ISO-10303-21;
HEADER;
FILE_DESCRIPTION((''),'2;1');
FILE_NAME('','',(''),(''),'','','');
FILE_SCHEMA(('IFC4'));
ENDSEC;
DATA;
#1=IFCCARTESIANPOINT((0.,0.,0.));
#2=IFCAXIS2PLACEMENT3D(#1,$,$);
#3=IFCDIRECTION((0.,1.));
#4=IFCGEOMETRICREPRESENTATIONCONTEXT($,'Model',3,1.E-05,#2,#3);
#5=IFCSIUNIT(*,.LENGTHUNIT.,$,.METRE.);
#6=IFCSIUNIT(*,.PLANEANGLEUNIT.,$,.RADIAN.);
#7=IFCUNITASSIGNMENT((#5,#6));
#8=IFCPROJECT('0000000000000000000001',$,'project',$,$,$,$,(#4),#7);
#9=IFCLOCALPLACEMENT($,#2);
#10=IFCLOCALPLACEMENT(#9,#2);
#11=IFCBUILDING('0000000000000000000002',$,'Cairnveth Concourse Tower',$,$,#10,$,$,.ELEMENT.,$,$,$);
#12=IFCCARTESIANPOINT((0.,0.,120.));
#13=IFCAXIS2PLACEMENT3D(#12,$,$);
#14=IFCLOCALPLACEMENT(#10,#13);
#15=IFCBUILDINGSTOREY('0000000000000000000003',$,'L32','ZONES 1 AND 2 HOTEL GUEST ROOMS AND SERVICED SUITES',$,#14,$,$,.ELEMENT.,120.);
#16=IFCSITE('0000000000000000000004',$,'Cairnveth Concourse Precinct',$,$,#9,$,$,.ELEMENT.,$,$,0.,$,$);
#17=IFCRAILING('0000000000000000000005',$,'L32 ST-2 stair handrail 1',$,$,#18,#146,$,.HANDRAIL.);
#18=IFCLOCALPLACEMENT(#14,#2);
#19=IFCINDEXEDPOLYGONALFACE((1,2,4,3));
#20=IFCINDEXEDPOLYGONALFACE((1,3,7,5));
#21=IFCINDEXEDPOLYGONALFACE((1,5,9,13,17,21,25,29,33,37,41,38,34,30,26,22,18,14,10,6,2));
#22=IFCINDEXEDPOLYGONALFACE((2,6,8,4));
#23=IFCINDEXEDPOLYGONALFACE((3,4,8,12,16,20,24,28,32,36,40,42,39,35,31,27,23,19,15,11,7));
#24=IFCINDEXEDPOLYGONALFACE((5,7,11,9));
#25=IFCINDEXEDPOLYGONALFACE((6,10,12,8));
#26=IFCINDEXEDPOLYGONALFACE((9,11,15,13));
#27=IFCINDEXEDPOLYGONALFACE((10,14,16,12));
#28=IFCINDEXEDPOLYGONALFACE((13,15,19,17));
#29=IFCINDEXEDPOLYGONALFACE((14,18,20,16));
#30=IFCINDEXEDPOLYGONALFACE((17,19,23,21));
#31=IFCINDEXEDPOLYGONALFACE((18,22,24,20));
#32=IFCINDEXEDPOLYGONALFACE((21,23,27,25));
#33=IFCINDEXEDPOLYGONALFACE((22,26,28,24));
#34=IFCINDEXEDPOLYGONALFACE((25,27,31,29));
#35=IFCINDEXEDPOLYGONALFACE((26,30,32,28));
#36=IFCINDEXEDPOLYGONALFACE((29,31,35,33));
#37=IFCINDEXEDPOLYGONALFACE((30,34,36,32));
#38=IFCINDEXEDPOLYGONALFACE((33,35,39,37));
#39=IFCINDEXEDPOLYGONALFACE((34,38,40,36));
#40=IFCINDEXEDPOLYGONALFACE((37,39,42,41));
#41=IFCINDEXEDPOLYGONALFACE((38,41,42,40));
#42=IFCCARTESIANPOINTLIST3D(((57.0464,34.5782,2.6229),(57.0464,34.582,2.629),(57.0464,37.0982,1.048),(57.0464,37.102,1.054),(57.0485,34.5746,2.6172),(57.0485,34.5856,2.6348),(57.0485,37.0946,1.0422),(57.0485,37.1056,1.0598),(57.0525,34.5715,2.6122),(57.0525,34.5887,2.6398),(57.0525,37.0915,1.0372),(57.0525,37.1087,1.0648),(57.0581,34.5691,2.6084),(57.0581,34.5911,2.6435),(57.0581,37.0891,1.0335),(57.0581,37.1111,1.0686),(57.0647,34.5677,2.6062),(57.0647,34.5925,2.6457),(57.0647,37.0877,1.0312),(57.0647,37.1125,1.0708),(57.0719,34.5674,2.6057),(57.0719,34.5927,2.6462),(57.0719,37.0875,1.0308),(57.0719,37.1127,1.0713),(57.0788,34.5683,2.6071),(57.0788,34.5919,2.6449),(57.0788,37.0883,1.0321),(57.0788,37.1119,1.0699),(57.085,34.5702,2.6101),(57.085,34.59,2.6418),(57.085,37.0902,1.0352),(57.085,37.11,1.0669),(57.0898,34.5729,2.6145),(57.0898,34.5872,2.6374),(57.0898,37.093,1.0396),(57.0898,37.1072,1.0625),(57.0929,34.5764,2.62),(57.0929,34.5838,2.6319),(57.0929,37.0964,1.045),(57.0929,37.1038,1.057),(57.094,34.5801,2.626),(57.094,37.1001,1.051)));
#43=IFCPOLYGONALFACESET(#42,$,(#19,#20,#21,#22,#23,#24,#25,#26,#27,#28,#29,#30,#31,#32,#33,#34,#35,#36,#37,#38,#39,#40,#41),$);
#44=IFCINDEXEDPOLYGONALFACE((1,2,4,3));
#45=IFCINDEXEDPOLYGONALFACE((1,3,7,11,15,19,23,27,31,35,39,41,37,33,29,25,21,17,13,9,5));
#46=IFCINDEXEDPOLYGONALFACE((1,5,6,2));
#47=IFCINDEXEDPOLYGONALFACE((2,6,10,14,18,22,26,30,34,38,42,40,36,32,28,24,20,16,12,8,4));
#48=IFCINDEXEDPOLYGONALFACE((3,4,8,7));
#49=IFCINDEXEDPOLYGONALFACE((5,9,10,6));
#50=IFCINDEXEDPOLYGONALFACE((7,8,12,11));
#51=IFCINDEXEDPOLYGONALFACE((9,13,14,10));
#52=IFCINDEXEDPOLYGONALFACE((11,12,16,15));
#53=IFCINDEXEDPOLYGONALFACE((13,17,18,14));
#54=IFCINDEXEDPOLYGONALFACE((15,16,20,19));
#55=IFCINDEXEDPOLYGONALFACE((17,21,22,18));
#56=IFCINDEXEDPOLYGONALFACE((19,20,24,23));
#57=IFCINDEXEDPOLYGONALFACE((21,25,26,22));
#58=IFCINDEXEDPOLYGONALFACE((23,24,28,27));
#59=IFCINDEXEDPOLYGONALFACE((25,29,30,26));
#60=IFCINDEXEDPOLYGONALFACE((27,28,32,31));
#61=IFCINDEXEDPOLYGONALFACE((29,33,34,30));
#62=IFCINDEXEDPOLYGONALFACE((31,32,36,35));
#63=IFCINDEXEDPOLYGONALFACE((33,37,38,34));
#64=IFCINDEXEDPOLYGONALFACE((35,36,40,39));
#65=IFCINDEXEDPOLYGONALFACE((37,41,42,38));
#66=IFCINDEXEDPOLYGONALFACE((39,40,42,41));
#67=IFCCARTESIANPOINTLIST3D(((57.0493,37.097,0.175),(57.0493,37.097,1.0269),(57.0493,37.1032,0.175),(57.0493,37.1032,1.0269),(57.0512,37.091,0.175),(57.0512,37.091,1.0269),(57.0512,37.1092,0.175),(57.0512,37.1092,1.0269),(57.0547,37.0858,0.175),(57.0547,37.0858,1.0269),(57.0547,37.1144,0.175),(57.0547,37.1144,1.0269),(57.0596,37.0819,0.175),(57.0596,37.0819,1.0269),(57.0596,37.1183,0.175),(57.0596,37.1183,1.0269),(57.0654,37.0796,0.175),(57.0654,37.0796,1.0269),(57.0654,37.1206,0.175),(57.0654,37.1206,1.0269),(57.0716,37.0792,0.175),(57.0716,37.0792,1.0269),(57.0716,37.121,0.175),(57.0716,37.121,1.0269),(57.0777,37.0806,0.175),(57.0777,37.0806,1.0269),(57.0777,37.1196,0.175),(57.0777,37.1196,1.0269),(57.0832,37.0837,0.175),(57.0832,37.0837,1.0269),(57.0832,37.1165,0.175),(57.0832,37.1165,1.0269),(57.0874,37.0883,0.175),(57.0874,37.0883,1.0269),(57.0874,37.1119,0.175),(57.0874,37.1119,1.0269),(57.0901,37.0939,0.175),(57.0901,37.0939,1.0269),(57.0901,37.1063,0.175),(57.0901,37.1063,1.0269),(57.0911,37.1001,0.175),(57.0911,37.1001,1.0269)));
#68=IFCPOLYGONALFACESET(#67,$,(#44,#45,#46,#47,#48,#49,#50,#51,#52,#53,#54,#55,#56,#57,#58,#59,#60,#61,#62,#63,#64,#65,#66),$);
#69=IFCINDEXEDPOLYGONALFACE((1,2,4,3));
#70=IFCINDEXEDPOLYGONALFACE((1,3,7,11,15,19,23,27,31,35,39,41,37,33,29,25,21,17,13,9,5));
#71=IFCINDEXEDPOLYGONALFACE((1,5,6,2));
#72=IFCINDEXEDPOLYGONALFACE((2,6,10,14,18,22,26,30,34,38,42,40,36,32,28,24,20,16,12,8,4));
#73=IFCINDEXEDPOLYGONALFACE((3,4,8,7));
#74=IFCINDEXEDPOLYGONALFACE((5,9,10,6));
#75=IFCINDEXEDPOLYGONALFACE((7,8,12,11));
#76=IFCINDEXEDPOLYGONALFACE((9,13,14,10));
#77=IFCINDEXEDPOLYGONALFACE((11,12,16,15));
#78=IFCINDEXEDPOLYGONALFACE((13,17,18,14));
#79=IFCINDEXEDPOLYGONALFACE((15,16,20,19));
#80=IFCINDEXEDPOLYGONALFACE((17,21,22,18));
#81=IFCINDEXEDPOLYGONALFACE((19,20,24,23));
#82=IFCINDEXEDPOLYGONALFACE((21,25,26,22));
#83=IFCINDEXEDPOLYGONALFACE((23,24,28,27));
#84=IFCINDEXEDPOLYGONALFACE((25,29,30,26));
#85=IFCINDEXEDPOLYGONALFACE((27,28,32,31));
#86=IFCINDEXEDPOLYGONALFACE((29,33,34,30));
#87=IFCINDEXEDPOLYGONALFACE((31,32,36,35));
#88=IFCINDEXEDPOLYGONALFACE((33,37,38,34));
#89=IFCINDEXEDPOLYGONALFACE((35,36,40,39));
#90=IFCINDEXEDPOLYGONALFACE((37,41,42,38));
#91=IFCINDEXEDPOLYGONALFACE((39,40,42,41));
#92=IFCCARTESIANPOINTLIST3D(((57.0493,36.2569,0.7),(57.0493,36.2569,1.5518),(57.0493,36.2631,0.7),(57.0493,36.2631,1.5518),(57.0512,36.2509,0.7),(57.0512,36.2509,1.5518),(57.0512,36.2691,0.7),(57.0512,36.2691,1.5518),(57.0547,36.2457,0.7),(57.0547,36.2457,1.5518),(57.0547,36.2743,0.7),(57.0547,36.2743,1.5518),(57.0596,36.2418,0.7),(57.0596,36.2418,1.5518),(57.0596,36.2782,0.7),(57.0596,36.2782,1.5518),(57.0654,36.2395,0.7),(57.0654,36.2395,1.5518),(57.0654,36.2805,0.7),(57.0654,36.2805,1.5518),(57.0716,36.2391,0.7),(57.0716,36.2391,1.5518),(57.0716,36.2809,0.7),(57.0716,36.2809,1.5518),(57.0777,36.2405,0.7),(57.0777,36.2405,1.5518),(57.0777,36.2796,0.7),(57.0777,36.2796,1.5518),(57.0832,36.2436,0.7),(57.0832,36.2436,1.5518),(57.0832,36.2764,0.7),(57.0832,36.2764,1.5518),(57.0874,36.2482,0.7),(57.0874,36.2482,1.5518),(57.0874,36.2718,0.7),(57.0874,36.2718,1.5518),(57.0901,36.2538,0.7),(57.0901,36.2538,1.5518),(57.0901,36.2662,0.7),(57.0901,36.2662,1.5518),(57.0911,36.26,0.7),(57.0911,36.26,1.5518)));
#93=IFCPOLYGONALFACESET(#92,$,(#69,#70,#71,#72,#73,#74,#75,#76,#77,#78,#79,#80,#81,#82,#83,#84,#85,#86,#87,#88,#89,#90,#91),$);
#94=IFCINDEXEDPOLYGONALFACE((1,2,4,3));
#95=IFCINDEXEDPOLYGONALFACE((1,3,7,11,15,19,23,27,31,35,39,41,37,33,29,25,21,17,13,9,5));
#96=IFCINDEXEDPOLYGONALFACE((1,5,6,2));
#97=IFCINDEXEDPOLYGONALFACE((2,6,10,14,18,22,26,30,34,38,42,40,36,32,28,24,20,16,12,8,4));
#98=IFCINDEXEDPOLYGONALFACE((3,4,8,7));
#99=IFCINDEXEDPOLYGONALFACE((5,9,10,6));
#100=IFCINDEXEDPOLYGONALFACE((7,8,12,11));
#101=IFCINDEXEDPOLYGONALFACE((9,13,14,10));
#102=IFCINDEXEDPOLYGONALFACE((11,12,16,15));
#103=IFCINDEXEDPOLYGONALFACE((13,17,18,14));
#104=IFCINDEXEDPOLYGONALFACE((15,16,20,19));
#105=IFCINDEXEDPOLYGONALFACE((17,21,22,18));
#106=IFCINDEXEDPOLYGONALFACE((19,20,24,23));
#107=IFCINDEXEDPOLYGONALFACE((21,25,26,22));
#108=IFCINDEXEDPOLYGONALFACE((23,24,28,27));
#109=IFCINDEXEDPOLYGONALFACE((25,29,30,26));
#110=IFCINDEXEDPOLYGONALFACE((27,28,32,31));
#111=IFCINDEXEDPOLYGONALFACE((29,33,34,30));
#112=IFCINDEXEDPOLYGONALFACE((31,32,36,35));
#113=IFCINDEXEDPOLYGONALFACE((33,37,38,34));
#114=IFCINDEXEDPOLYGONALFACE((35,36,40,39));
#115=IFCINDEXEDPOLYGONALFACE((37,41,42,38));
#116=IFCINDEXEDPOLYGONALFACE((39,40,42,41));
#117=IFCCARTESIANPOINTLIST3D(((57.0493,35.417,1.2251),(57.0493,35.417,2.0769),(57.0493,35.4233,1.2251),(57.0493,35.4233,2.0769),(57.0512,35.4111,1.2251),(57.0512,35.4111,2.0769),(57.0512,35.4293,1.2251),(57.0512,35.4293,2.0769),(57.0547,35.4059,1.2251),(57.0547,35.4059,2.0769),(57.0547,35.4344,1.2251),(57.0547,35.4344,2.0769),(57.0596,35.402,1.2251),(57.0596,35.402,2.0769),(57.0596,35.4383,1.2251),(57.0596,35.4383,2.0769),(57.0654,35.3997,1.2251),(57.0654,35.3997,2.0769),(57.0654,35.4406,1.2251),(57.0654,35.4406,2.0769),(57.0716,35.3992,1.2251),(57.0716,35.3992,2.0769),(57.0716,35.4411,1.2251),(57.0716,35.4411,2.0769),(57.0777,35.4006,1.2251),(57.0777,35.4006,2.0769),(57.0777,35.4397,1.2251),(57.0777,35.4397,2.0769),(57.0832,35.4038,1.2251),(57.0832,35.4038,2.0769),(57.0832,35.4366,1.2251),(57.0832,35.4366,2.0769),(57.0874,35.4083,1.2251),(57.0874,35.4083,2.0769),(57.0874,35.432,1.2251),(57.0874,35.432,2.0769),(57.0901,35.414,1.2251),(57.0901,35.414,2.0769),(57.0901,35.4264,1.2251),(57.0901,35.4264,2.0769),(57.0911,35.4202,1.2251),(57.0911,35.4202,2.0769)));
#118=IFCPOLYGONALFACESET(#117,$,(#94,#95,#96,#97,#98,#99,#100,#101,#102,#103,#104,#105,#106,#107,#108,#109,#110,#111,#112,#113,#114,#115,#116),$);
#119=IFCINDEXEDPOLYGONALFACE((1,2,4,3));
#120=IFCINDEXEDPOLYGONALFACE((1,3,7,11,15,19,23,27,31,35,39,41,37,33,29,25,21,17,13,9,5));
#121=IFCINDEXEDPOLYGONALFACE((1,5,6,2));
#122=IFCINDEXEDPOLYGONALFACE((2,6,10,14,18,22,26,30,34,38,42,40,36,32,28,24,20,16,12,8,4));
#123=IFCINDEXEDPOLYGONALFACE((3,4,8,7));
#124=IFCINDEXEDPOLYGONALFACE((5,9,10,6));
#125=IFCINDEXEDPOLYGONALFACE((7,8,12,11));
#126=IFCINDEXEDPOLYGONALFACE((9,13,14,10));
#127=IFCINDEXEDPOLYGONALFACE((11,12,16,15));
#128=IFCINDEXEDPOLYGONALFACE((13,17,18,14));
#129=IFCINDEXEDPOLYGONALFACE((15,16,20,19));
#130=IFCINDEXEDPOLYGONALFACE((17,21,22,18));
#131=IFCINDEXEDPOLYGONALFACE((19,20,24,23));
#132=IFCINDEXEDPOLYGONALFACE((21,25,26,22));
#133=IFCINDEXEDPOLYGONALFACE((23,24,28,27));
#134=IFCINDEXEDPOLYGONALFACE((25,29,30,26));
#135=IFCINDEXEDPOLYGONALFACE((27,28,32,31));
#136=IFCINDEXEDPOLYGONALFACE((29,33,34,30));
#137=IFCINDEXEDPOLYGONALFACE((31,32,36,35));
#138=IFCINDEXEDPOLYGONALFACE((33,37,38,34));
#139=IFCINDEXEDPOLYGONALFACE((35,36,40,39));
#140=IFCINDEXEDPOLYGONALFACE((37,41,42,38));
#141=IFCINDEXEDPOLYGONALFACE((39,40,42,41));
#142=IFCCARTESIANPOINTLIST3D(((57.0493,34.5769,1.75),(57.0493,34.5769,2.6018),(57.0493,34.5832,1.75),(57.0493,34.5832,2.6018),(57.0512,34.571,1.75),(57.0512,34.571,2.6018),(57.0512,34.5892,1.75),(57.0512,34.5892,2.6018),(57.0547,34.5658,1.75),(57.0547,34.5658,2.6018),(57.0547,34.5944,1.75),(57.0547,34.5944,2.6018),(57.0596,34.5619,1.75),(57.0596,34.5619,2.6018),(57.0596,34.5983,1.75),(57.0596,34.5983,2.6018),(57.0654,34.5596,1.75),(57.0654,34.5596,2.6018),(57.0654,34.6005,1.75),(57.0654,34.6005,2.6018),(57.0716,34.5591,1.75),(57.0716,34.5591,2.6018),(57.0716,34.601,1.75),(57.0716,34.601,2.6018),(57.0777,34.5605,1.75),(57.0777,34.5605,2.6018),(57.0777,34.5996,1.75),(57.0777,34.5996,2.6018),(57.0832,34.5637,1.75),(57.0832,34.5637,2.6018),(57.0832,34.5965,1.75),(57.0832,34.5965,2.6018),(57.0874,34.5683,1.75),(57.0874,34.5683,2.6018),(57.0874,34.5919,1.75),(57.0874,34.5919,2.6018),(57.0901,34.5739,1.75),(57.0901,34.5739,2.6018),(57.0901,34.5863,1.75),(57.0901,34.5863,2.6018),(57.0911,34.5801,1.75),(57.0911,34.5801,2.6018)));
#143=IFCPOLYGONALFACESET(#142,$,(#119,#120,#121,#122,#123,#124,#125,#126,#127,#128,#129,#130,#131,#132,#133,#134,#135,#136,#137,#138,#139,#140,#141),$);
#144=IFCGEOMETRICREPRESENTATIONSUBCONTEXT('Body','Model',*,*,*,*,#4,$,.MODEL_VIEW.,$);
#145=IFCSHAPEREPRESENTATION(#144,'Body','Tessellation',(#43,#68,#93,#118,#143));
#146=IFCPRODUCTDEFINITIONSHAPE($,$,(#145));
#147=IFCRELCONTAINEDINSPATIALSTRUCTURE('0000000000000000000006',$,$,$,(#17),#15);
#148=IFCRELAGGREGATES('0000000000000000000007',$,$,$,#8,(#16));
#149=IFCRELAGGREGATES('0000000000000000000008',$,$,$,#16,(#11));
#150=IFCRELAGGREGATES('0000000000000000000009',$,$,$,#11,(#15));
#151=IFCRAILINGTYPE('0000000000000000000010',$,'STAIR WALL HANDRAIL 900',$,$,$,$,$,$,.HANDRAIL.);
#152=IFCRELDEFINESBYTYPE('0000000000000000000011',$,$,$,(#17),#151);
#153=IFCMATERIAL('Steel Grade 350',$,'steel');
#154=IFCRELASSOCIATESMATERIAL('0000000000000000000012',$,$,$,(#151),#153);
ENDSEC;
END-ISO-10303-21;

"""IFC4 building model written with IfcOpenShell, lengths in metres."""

from ifc_helpers import new_model, si_unit, direction, frame, origin, origin_2d, place, context, subcontext, project, spatial, circle, extrude, material, type_object, element, save


model = new_model("IFC4")

# Units and contexts
model_context = context("Model", 3, precision=1e-05, world=origin(), true_north=direction((0.0, 1.0)))
body_context = subcontext(model_context, "Body", "Model", "MODEL_VIEW")
ifc_project = project(units=[si_unit("LENGTHUNIT", "METRE"), si_unit("PLANEANGLEUNIT", "RADIAN")], contexts=[model_context])

# Site, building, storey
site_placement = place(None, origin())
site = spatial("IfcSite", under=ifc_project, at=site_placement, Name="Cairnveth Concourse Precinct", CompositionType="ELEMENT", RefElevation=0.0)
building_placement = place(site_placement, origin())
building = spatial("IfcBuilding", under=site, at=building_placement, Name="Cairnveth Concourse Tower", CompositionType="ELEMENT")
storey_placement = place(building_placement, frame((0.0, 0.0, 120.0)))
storey = spatial("IfcBuildingStorey", under=building, at=storey_placement, Name="L32", Description="ZONES 1 AND 2 HOTEL GUEST ROOMS AND SERVICED SUITES", CompositionType="ELEMENT", Elevation=120.0)

# Shared definitions
ifc_material_1 = material(Name="Steel Grade 350", Category="steel")

# Railing
railing_type_1 = type_object("IfcRailingType", Name="STAIR WALL HANDRAIL 900", PredefinedType="HANDRAIL", material=ifc_material_1)
railing_1_placement = place(storey_placement, frame((57.0701, 37.1001, 0.175)))
element("IfcRailing", 1, at=railing_1_placement, inside=storey, type_object=railing_type_1, Name="L32 ST-2 stair handrail 1", PredefinedType="HANDRAIL", context=body_context, shape_type="SweptSolid", body=[
    extrude(circle(Radius=0.0239, at=origin_2d()), frame((0.0, 0.0, 0.876), z_axis=(0.0, -0.848008, 0.529984), x_axis=(1.0, 0.0, 0.0)), (0.0, 0.0, 1.0), 2.9717),
    extrude(circle(Radius=0.021, at=origin_2d()), origin(), (0.0, 0.0, 1.0), 0.8518),
    extrude(circle(Radius=0.021, at=origin_2d()), frame((0.0, -0.8401, 0.5249)), (0.0, 0.0, 1.0), 0.8518),
    extrude(circle(Radius=0.021, at=origin_2d()), frame((0.0, -1.6799, 1.05)), (0.0, 0.0, 1.0), 0.8518),
    extrude(circle(Radius=0.021, at=origin_2d()), frame((0.0, -2.52, 1.575)), (0.0, 0.0, 1.0), 0.8518),
])

save(model, "model.ifc")
